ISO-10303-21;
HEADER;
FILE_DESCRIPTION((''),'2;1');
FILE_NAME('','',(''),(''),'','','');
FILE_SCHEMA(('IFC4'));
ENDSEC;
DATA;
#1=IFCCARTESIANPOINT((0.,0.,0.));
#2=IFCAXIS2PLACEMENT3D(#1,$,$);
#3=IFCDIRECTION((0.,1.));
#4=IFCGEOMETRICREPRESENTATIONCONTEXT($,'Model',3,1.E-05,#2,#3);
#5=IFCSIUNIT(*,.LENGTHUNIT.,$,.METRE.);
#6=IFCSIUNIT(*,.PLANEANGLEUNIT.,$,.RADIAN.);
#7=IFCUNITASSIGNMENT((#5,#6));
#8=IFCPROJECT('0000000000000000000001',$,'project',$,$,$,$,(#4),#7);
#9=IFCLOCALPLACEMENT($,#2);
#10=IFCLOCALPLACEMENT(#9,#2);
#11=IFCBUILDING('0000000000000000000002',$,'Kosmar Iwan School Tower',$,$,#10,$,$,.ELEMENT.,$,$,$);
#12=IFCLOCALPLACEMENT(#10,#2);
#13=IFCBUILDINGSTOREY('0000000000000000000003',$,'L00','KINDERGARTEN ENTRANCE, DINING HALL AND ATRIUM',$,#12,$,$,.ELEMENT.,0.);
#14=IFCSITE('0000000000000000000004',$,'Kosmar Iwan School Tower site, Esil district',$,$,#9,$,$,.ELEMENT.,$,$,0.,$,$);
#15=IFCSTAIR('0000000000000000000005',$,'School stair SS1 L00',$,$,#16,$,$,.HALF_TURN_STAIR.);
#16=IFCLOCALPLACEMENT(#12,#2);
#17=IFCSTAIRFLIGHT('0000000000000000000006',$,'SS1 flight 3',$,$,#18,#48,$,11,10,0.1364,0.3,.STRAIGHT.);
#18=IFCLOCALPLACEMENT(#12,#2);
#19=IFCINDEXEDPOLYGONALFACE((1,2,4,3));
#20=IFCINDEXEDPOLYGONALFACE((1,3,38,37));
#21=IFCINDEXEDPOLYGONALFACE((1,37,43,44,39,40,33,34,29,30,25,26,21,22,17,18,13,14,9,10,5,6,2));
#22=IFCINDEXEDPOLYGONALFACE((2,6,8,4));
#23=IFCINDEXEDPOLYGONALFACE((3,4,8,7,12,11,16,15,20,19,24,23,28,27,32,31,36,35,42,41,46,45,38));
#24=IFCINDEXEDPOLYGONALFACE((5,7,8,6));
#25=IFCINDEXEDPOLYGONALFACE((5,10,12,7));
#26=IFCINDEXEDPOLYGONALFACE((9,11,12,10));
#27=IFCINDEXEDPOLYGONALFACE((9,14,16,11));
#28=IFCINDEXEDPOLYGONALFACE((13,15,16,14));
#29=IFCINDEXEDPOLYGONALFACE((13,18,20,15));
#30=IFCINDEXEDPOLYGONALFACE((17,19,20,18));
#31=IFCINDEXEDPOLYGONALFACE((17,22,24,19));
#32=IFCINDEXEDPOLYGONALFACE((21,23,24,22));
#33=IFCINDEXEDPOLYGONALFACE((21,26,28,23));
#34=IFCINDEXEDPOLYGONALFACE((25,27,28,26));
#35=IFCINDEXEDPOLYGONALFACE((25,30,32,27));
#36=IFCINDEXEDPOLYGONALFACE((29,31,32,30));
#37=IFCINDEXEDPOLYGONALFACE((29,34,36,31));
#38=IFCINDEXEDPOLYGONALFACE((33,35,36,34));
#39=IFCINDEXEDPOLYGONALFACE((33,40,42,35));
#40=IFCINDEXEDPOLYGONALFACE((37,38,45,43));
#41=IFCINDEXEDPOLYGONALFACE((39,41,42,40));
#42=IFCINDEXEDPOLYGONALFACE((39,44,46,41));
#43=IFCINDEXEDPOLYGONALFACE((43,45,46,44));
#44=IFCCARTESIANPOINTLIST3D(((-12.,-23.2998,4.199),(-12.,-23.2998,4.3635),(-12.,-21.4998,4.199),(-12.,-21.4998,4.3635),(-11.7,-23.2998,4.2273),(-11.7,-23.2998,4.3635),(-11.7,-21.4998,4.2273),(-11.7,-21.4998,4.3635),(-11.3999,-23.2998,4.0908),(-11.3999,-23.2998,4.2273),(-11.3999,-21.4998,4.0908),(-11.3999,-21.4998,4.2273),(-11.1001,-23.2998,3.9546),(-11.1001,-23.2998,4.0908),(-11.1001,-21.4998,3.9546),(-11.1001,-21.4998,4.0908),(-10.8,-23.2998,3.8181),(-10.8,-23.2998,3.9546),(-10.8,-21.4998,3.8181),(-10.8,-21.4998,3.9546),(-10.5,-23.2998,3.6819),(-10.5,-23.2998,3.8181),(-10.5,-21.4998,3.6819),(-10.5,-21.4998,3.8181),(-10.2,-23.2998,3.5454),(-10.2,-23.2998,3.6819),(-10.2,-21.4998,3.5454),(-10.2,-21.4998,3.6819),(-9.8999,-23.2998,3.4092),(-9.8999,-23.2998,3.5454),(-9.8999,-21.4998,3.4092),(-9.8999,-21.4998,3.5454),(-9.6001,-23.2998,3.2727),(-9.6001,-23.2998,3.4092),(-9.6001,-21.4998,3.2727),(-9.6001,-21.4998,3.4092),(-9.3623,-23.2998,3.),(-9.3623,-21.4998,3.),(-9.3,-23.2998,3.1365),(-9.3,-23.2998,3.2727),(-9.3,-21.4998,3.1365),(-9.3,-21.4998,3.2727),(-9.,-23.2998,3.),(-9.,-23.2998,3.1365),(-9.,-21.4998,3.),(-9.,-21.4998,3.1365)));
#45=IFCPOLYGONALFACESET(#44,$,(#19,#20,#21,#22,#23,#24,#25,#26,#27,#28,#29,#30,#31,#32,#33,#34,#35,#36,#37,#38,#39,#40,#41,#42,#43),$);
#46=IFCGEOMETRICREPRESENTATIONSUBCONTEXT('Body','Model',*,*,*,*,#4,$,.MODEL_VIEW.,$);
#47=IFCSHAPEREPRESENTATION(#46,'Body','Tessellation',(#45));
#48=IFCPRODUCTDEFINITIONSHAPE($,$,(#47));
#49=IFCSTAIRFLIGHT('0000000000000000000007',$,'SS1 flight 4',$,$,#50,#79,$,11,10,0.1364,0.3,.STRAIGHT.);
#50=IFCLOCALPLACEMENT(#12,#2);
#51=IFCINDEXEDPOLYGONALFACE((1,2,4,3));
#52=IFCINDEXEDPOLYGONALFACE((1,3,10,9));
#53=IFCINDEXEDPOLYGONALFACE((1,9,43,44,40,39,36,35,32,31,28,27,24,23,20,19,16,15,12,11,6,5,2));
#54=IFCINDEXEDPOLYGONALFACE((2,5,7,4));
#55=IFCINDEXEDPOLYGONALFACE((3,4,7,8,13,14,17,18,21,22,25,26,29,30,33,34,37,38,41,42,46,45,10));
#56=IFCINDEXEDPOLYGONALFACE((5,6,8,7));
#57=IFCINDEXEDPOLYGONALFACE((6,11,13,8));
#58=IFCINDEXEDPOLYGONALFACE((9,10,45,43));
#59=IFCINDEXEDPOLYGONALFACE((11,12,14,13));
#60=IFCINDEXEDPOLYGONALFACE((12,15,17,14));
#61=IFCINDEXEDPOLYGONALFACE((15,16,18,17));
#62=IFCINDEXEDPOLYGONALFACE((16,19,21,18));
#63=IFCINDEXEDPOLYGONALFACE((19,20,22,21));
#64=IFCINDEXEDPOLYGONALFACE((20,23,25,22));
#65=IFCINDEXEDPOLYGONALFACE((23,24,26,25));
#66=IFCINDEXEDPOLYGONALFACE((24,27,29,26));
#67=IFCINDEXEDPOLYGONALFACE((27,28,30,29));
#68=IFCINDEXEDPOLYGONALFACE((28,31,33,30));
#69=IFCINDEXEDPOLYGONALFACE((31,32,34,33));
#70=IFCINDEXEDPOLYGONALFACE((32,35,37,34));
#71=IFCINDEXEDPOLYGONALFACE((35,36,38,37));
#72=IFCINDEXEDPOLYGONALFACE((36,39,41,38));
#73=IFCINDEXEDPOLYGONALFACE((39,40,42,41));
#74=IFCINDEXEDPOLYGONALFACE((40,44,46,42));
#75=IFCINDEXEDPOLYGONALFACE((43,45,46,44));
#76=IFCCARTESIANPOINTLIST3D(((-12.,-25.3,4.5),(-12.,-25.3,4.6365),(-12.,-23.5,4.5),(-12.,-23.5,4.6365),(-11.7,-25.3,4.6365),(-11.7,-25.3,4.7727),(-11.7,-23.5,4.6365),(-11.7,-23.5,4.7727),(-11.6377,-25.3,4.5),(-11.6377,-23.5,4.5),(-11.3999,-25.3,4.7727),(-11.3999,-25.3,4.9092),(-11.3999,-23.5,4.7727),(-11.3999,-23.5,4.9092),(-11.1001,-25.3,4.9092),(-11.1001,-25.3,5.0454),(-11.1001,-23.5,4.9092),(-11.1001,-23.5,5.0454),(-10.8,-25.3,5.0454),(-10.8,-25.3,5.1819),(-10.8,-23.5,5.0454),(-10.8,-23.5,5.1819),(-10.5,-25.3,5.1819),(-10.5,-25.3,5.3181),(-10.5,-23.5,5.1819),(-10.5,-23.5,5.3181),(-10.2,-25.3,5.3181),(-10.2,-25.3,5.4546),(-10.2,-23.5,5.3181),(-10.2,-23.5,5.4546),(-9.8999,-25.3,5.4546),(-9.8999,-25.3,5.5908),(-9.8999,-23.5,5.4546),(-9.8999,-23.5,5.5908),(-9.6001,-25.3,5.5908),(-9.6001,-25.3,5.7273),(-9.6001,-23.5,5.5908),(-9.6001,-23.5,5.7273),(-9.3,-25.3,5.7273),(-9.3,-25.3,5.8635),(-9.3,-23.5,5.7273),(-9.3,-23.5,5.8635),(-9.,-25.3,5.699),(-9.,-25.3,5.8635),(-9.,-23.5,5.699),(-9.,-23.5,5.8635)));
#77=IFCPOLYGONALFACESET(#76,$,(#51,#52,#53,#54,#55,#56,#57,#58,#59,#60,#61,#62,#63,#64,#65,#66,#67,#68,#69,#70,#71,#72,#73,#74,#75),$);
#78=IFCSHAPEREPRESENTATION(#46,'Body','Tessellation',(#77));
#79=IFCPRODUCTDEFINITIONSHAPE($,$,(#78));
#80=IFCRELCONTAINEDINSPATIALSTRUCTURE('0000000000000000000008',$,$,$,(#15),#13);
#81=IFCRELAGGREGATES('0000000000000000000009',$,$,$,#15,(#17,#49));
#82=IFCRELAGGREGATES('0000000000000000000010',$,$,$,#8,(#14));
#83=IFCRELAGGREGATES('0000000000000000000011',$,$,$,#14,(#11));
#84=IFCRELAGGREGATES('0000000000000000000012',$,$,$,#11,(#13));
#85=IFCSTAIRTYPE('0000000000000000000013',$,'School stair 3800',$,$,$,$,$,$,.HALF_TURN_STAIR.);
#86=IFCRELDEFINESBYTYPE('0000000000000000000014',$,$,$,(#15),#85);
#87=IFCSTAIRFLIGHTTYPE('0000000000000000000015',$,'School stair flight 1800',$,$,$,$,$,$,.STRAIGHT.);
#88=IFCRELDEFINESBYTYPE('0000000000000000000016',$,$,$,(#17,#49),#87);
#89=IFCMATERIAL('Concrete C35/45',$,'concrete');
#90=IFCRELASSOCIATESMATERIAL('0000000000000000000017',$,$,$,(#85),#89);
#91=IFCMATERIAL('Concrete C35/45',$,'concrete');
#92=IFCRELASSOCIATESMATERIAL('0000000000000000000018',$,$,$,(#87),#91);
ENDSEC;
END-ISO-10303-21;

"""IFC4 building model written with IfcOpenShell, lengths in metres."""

from ifc_helpers import new_model, si_unit, direction, frame, origin, place, context, subcontext, project, spatial, polyline, outline, extrude, material, type_object, element, aggregate, save


model = new_model("IFC4")

# Units and contexts
model_context = context("Model", 3, precision=1e-05, world=origin(), true_north=direction((0.0, 1.0)))
body_context = subcontext(model_context, "Body", "Model", "MODEL_VIEW")
ifc_project = project(units=[si_unit("LENGTHUNIT", "METRE"), si_unit("PLANEANGLEUNIT", "RADIAN")], contexts=[model_context])

# Site, building, storey
site_placement = place(None, origin())
site = spatial("IfcSite", under=ifc_project, at=site_placement, Name="Kosmar Iwan School Tower site, Esil district", CompositionType="ELEMENT", RefElevation=0.0)
building_placement = place(site_placement, origin())
building = spatial("IfcBuilding", under=site, at=building_placement, Name="Kosmar Iwan School Tower", CompositionType="ELEMENT")
storey_placement = place(building_placement, origin())
storey = spatial("IfcBuildingStorey", under=building, at=storey_placement, Name="L00", Description="KINDERGARTEN ENTRANCE, DINING HALL AND ATRIUM", CompositionType="ELEMENT", Elevation=0.0)

# Stair, stair flights
ifc_material_1 = material(Name="Concrete C35/45", Category="concrete")
stair_type = type_object("IfcStairType", Name="School stair 3800", PredefinedType="HALF_TURN_STAIR", material=ifc_material_1)
stair_placement = place(storey_placement, origin())
stair = element("IfcStair", 1, at=stair_placement, inside=storey, type_object=stair_type, Name="School stair SS1 L00", PredefinedType="HALF_TURN_STAIR")
ifc_material_2 = material(Name="Concrete C35/45", Category="concrete")
stair_flight_type = type_object("IfcStairFlightType", Name="School stair flight 1800", PredefinedType="STRAIGHT", material=ifc_material_2)
stair_flight_1_placement = place(storey_placement, frame((-9.0, -22.3999, 3.0), z_axis=(0.0, 0.0, 1.0), x_axis=(-1.0, 0.0, 0.0)))
stair_flight_1 = element("IfcStairFlight", 2, at=stair_flight_1_placement, type_object=stair_flight_type, Name="SS1 flight 3", NumberOfRisers=11, NumberOfTreads=10, PredefinedType="STRAIGHT", RiserHeight=0.1364, TreadLength=0.3, context=body_context, shape_type="SweptSolid", body=[
    extrude(outline(polyline([(0.0, 0.0), (0.0, 0.1365), (0.3, 0.1365), (0.3, 0.2727), (0.6001, 0.2727), (0.6001, 0.4092), (0.8999, 0.4092), (0.8999, 0.5454), (1.2, 0.5454), (1.2, 0.6819), (1.5, 0.6819), (1.5, 0.8181), (1.8, 0.8181), (1.8, 0.9546), (2.1001, 0.9546), (2.1001, 1.0908), (2.3999, 1.0908), (2.3999, 1.2273), (2.7, 1.2273), (2.7, 1.3635), (3.0, 1.3635), (3.0, 1.5), (3.0, 1.199), (0.3623, 0.0), (0.0, 0.0)])), frame((0.0, 0.8999, 0.0), z_axis=(0.0, -1.0, 0.0), x_axis=(1.0, 0.0, 0.0)), (0.0, 0.0, 1.0), 1.8),
])
stair_flight_2_placement = place(storey_placement, frame((-12.0, -24.3999, 4.5), z_axis=(0.0, 0.0, 1.0), x_axis=(1.0, 0.0, 0.0)))
stair_flight_2 = element("IfcStairFlight", 3, at=stair_flight_2_placement, type_object=stair_flight_type, Name="SS1 flight 4", NumberOfRisers=11, NumberOfTreads=10, PredefinedType="STRAIGHT", RiserHeight=0.1364, TreadLength=0.3, context=body_context, shape_type="SweptSolid", body=[
    extrude(outline(polyline([(0.0, 0.0), (0.0, 0.1365), (0.3, 0.1365), (0.3, 0.2727), (0.6001, 0.2727), (0.6001, 0.4092), (0.8999, 0.4092), (0.8999, 0.5454), (1.2, 0.5454), (1.2, 0.6819), (1.5, 0.6819), (1.5, 0.8181), (1.8, 0.8181), (1.8, 0.9546), (2.1001, 0.9546), (2.1001, 1.0908), (2.3999, 1.0908), (2.3999, 1.2273), (2.7, 1.2273), (2.7, 1.3635), (3.0, 1.3635), (3.0, 1.5), (3.0, 1.199), (0.3623, 0.0), (0.0, 0.0)])), frame((0.0, 0.8999, 0.0), z_axis=(0.0, -1.0, 0.0), x_axis=(1.0, 0.0, 0.0)), (0.0, 0.0, 1.0), 1.8),
])
aggregate(stair, [stair_flight_1, stair_flight_2])

save(model, "model.ifc")
